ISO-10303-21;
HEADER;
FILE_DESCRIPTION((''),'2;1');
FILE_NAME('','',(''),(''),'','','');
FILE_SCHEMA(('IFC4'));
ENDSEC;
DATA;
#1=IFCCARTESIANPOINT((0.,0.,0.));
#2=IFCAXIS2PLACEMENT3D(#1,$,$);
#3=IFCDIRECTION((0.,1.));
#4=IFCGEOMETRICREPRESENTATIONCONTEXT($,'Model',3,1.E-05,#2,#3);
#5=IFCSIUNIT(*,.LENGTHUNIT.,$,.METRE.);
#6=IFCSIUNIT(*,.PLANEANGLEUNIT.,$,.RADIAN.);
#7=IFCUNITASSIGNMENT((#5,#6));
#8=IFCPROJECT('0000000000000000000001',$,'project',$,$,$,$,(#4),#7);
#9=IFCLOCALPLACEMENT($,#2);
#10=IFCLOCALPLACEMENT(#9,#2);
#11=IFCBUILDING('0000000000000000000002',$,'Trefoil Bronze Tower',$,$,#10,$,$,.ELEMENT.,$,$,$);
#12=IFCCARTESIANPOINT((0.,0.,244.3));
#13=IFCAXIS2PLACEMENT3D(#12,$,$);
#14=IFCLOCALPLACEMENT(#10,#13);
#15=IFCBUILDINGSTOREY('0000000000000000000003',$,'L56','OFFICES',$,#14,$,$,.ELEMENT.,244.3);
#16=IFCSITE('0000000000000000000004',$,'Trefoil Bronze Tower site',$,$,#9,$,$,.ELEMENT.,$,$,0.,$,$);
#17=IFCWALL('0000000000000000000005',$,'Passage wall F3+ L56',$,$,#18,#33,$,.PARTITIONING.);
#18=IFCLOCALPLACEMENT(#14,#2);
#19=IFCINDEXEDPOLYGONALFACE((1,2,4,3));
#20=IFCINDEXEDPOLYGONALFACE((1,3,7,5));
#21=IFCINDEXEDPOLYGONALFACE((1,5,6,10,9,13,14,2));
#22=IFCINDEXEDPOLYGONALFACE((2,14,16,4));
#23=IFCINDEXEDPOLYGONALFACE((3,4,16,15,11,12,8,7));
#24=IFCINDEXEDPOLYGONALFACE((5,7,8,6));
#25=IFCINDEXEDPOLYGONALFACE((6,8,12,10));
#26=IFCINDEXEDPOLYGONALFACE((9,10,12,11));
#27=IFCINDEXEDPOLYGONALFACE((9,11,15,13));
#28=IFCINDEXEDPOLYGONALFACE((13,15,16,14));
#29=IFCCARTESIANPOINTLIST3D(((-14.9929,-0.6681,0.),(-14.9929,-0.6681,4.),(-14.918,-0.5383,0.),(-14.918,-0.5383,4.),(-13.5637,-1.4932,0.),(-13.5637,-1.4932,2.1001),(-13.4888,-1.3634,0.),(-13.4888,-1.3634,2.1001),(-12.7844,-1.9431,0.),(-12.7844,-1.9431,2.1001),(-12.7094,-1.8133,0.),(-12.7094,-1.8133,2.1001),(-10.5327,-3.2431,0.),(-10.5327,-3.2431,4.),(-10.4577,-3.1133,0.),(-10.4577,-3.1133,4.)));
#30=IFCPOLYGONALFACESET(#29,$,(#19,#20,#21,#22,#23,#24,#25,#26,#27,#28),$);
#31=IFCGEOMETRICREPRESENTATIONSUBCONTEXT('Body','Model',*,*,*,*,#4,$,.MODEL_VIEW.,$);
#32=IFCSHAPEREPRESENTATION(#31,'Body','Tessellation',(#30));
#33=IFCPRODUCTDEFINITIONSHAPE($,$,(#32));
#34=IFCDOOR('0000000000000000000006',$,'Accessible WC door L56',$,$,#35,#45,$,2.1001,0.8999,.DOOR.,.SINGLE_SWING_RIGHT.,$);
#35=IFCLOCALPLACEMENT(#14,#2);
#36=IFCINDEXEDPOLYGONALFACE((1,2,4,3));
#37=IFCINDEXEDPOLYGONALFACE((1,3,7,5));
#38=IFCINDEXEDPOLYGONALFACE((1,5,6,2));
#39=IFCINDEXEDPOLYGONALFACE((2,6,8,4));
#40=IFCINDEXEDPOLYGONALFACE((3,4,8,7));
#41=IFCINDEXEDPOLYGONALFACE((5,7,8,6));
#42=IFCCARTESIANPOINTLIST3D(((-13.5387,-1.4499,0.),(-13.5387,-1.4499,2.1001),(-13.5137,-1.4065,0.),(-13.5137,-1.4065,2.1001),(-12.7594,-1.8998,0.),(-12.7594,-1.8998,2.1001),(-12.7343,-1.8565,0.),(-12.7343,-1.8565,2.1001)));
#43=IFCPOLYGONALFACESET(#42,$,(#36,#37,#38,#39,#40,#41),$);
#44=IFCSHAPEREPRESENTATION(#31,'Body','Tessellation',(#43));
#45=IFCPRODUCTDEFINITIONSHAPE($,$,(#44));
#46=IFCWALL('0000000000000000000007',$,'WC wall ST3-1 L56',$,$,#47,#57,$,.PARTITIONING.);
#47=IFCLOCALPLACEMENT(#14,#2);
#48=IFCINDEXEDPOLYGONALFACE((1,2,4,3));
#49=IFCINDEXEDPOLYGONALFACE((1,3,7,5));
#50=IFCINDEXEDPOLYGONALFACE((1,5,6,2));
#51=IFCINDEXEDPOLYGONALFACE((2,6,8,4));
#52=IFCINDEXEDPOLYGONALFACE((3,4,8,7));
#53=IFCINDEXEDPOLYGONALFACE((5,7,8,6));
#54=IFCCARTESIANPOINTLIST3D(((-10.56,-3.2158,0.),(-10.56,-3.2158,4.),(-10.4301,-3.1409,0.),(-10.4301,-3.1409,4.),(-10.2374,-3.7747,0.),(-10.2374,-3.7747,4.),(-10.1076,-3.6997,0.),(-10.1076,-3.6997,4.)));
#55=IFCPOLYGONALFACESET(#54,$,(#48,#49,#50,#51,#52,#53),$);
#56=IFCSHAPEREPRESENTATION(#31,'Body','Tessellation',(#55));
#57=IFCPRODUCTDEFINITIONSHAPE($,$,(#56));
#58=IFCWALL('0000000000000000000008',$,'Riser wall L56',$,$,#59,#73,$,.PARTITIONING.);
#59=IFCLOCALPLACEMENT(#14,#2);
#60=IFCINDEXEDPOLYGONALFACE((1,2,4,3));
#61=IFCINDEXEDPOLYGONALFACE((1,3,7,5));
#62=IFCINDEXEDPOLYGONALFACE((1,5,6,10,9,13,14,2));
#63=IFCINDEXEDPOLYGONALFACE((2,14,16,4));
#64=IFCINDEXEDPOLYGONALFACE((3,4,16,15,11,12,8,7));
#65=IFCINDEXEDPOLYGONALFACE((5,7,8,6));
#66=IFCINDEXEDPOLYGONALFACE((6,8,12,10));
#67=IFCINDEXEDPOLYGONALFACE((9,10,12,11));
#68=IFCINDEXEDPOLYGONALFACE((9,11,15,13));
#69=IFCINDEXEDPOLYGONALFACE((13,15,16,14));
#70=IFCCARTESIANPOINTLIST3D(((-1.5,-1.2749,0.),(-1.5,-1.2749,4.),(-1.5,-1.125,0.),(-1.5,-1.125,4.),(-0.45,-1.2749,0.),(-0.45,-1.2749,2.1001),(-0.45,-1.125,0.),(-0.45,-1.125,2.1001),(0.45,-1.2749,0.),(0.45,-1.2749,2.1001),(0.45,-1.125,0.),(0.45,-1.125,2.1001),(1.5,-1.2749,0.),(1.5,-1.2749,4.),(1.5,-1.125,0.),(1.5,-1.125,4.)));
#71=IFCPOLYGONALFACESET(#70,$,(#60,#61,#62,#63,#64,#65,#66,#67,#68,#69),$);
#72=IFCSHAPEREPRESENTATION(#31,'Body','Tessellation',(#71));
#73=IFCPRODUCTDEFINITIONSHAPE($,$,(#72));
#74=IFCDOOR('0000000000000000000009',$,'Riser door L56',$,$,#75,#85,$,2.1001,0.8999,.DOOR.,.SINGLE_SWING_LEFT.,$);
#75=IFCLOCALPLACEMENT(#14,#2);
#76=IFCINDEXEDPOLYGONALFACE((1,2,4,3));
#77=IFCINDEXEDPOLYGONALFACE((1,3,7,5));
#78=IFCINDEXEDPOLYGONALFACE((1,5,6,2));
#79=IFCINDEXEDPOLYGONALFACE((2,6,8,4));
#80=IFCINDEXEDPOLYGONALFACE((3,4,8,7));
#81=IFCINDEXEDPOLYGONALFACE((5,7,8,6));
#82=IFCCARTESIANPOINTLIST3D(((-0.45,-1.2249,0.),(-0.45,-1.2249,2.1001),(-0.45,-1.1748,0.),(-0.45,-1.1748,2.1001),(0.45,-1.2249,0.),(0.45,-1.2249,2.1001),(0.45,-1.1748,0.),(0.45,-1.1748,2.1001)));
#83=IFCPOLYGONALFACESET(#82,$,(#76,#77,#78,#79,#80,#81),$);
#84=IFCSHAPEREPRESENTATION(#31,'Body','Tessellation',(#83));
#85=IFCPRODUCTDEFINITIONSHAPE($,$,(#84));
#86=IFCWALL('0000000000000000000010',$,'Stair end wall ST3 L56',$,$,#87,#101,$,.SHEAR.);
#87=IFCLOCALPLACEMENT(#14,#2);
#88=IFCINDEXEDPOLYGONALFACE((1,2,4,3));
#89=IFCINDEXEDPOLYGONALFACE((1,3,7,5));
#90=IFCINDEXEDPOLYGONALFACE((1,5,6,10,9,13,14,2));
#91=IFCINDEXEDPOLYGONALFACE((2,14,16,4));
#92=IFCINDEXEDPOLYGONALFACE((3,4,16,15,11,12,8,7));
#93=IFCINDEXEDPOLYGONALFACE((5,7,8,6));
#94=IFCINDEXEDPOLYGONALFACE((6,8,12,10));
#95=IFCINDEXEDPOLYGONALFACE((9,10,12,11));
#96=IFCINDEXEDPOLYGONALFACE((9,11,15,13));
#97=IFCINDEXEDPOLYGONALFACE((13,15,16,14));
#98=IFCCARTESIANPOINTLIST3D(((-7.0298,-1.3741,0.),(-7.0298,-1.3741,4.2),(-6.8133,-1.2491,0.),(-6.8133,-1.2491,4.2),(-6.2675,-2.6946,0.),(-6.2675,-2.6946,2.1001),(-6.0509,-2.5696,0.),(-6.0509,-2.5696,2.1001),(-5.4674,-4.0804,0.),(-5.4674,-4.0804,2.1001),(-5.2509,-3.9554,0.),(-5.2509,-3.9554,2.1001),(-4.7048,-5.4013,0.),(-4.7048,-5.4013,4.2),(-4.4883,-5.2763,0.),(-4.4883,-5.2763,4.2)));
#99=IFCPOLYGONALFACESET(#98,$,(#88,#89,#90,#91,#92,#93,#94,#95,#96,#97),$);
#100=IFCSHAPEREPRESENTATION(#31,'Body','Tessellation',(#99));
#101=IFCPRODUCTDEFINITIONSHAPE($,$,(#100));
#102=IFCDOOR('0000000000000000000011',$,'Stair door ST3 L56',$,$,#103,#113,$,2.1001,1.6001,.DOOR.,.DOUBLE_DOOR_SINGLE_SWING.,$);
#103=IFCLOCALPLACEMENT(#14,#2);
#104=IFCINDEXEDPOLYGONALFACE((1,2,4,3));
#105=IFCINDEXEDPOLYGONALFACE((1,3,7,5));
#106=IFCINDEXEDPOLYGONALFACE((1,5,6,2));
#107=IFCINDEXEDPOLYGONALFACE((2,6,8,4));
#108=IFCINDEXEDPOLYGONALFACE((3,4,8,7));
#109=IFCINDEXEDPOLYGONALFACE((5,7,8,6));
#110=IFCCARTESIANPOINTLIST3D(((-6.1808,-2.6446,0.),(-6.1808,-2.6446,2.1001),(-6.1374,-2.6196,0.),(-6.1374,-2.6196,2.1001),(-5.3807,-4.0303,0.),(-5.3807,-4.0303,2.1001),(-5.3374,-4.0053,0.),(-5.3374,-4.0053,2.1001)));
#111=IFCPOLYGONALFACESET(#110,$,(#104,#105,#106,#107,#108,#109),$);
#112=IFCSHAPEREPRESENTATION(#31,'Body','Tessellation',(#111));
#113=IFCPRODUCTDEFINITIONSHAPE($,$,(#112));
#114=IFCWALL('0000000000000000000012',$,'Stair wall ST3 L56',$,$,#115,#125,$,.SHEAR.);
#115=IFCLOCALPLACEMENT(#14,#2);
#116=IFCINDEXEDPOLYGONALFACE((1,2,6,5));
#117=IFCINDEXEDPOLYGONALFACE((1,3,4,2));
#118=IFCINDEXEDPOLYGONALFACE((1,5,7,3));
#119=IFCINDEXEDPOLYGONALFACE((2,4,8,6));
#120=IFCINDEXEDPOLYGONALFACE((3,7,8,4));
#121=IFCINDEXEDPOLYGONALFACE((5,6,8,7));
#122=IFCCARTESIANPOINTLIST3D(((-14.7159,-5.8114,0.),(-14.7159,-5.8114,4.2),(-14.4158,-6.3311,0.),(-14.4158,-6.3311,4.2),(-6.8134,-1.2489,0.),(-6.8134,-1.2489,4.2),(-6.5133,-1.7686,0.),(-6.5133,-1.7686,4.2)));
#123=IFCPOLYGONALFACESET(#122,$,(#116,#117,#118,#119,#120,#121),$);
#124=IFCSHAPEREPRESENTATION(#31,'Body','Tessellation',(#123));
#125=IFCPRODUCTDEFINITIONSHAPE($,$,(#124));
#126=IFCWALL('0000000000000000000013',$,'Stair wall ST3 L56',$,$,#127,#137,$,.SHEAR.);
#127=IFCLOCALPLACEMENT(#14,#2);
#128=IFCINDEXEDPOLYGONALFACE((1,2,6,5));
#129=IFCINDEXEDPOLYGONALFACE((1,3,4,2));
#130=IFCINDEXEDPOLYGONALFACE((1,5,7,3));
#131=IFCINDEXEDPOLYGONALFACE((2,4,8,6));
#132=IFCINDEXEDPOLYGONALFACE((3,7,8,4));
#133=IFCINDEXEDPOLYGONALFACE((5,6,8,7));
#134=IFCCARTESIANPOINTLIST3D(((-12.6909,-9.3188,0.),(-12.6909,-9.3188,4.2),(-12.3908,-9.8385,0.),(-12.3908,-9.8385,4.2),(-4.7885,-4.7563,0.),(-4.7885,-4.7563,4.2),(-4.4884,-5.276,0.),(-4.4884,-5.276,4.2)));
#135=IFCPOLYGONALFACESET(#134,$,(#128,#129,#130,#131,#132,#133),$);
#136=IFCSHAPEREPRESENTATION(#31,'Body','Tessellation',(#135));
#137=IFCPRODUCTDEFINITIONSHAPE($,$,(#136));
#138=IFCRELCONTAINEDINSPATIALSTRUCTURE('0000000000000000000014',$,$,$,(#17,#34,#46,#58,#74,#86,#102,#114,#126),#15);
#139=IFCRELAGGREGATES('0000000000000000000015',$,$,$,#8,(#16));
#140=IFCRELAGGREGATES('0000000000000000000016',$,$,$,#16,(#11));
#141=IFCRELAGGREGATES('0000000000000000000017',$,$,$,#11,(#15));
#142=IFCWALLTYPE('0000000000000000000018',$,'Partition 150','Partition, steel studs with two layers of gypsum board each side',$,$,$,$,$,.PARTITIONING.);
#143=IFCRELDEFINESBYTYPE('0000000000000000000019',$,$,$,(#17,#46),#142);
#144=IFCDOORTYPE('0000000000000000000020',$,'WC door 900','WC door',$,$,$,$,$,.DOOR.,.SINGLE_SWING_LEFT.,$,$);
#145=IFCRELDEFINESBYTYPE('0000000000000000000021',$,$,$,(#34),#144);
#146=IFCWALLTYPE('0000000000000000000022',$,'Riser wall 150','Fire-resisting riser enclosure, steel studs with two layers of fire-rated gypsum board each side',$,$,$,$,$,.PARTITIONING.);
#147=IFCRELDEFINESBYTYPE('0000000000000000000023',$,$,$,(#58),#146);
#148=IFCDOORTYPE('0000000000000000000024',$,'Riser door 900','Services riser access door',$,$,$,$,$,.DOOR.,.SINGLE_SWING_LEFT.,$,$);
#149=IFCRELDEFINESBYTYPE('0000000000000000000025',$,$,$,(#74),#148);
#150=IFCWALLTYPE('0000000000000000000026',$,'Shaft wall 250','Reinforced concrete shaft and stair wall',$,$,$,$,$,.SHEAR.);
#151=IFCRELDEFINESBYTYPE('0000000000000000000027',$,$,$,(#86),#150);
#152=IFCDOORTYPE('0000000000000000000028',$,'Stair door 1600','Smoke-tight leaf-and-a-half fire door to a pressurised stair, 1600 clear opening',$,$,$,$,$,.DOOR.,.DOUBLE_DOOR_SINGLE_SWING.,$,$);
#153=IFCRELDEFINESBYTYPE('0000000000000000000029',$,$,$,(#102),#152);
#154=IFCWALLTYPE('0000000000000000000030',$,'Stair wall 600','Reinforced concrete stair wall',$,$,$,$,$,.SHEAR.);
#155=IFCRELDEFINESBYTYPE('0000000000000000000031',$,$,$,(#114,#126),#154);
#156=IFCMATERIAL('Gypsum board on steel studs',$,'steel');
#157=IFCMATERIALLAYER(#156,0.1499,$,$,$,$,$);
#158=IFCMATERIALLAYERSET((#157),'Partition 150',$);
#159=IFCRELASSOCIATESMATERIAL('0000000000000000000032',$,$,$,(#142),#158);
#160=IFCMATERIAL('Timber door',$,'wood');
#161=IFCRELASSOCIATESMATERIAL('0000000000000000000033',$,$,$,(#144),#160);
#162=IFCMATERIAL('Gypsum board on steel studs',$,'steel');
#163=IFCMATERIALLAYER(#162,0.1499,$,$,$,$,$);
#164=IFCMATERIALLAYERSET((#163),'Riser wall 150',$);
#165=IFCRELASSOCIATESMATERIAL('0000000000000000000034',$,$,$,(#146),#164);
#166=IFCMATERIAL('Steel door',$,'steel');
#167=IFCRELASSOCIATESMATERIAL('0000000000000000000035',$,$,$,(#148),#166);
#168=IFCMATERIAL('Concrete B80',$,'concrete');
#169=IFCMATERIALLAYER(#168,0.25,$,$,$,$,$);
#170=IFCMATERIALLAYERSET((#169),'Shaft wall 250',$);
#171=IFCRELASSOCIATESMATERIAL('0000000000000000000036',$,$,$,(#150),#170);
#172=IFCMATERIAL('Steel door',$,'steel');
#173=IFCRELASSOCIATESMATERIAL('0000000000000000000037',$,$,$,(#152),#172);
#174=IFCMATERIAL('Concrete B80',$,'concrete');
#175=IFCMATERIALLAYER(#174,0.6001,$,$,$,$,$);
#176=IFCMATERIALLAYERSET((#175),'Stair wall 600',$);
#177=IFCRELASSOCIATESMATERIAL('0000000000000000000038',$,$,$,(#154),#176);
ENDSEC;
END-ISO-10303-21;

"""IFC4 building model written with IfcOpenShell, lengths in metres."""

from ifc_helpers import new_model, si_unit, direction, frame, frame_2d, origin, place, context, subcontext, project, spatial, rectangle, extrude, material, layer, layer_set, type_object, element, fill, save


model = new_model("IFC4")

# Units and contexts
model_context = context("Model", 3, precision=1e-05, world=origin(), true_north=direction((0.0, 1.0)))
body_context = subcontext(model_context, "Body", "Model", "MODEL_VIEW")
ifc_project = project(units=[si_unit("LENGTHUNIT", "METRE"), si_unit("PLANEANGLEUNIT", "RADIAN")], contexts=[model_context])

# Site, building, storey
site_placement = place(None, origin())
site = spatial("IfcSite", under=ifc_project, at=site_placement, Name="Trefoil Bronze Tower site", CompositionType="ELEMENT", RefElevation=0.0)
building_placement = place(site_placement, origin())
building = spatial("IfcBuilding", under=site, at=building_placement, Name="Trefoil Bronze Tower", CompositionType="ELEMENT")
storey_placement = place(building_placement, frame((0.0, 0.0, 244.3)))
storey = spatial("IfcBuildingStorey", under=building, at=storey_placement, Name="L56", Description="OFFICES", CompositionType="ELEMENT", Elevation=244.3)

# Wall, opening, door
ifc_material_1 = material(Name="Gypsum board on steel studs", Category="steel")
ifc_layer_1 = layer(ifc_material_1, 0.1499)
ifc_layer_set_1 = layer_set([ifc_layer_1], Name="Partition 150")
wall_type_1 = type_object("IfcWallType", Name="Partition 150", Description="Partition, steel studs with two layers of gypsum board each side", PredefinedType="PARTITIONING", material=ifc_layer_set_1)
wall_1_placement = place(storey_placement, frame((-10.4951, -3.1782, 0.0), z_axis=(0.0, 0.0, 1.0), x_axis=(-0.866038, 0.499978, 0.0)))
wall_1 = element("IfcWall", 1, at=wall_1_placement, inside=storey, type_object=wall_type_1, Name="Passage wall F3+ L56", PredefinedType="PARTITIONING", context=body_context, shape_type="SweptSolid", body=[
    extrude(rectangle(XDim=5.1501, YDim=0.1499, at=frame_2d((2.5752, 0.0))), origin(), (0.0, 0.0, 1.0), 4.0),
])
opening_1_placement = place(wall_1_placement, frame((2.6001, 0.0, 0.0)))
opening_1 = element("IfcOpeningElement", 2, at=opening_1_placement, cuts=wall_1, PredefinedType="OPENING", context=body_context, shape_type="SweptSolid", body=[
    extrude(rectangle(XDim=0.8999, YDim=2.1001, at=frame_2d((0.45, 1.05))), frame((0.0, 0.085, 0.0), z_axis=(0.0, -1.0, 0.0), x_axis=(1.0, 0.0, 0.0)), (0.0, 0.0, 1.0), 0.1699),
])
ifc_material_2 = material(Name="Timber door", Category="wood")
door_type_1 = type_object("IfcDoorType", Name="WC door 900", Description="WC door", OperationType="SINGLE_SWING_LEFT", PredefinedType="DOOR", material=ifc_material_2)
door_1_placement = place(opening_1_placement, origin())
door_1 = element("IfcDoor", 3, at=door_1_placement, inside=storey, type_object=door_type_1, Name="Accessible WC door L56", OperationType="SINGLE_SWING_RIGHT", OverallHeight=2.1001, OverallWidth=0.8999, PredefinedType="DOOR", context=body_context, shape_type="SweptSolid", body=[
    extrude(rectangle(XDim=0.8999, YDim=2.1001, at=frame_2d((0.45, 1.05))), frame((0.0, 0.0249, 0.0), z_axis=(0.0, -1.0, 0.0), x_axis=(1.0, 0.0, 0.0)), (0.0, 0.0, 1.0), 0.05),
])
fill(opening_1, door_1)

# Wall
wall_2_placement = place(storey_placement, frame((-10.4951, -3.1782, 0.0), z_axis=(0.0, 0.0, 1.0), x_axis=(0.499843, -0.866116, 0.0)))
element("IfcWall", 4, at=wall_2_placement, inside=storey, type_object=wall_type_1, Name="WC wall ST3-1 L56", PredefinedType="PARTITIONING", context=body_context, shape_type="SweptSolid", body=[
    extrude(rectangle(XDim=0.6453, YDim=0.1499, at=frame_2d((0.3228, 0.0))), origin(), (0.0, 0.0, 1.0), 4.0),
])

# Walls, openings, doors
ifc_material_3 = material(Name="Gypsum board on steel studs", Category="steel")
ifc_layer_2 = layer(ifc_material_3, 0.1499)
ifc_layer_set_2 = layer_set([ifc_layer_2], Name="Riser wall 150")
wall_type_2 = type_object("IfcWallType", Name="Riser wall 150", Description="Fire-resisting riser enclosure, steel studs with two layers of fire-rated gypsum board each side", PredefinedType="PARTITIONING", material=ifc_layer_set_2)
wall_3_placement = place(storey_placement, frame((-1.5, -1.2, 0.0), z_axis=(0.0, 0.0, 1.0), x_axis=(1.0, 0.0, 0.0)))
wall_3 = element("IfcWall", 5, at=wall_3_placement, inside=storey, type_object=wall_type_2, Name="Riser wall L56", PredefinedType="PARTITIONING", context=body_context, shape_type="SweptSolid", body=[
    extrude(rectangle(XDim=3.0, YDim=0.1499, at=frame_2d((1.5, 0.0))), origin(), (0.0, 0.0, 1.0), 4.0),
])
opening_2_placement = place(wall_3_placement, frame((1.05, 0.0, 0.0)))
opening_2 = element("IfcOpeningElement", 6, at=opening_2_placement, cuts=wall_3, PredefinedType="OPENING", context=body_context, shape_type="SweptSolid", body=[
    extrude(rectangle(XDim=0.8999, YDim=2.1001, at=frame_2d((0.45, 1.05))), frame((0.0, 0.085, 0.0), z_axis=(0.0, -1.0, 0.0), x_axis=(1.0, 0.0, 0.0)), (0.0, 0.0, 1.0), 0.1699),
])
ifc_material_4 = material(Name="Steel door", Category="steel")
door_type_2 = type_object("IfcDoorType", Name="Riser door 900", Description="Services riser access door", OperationType="SINGLE_SWING_LEFT", PredefinedType="DOOR", material=ifc_material_4)
door_2_placement = place(opening_2_placement, frame((0.8999, 0.0, 0.0), z_axis=(0.0, 0.0, 1.0), x_axis=(-1.0, 0.0, 0.0)))
door_2 = element("IfcDoor", 7, at=door_2_placement, inside=storey, type_object=door_type_2, Name="Riser door L56", OperationType="SINGLE_SWING_LEFT", OverallHeight=2.1001, OverallWidth=0.8999, PredefinedType="DOOR", context=body_context, shape_type="SweptSolid", body=[
    extrude(rectangle(XDim=0.8999, YDim=2.1001, at=frame_2d((0.45, 1.05))), frame((0.0, 0.0249, 0.0), z_axis=(0.0, -1.0, 0.0), x_axis=(1.0, 0.0, 0.0)), (0.0, 0.0, 1.0), 0.05),
])
fill(opening_2, door_2)
ifc_material_5 = material(Name="Concrete B80", Category="concrete")
ifc_layer_3 = layer(ifc_material_5, 0.25)
ifc_layer_set_3 = layer_set([ifc_layer_3], Name="Shaft wall 250")
wall_type_3 = type_object("IfcWallType", Name="Shaft wall 250", Description="Reinforced concrete shaft and stair wall", PredefinedType="SHEAR", material=ifc_layer_set_3)
wall_4_placement = place(storey_placement, frame((-6.9216, -1.3115, 0.0), z_axis=(0.0, 0.0, 1.0), x_axis=(0.499985, -0.866034, 0.0)))
wall_4 = element("IfcWall", 8, at=wall_4_placement, inside=storey, type_object=wall_type_3, Name="Stair end wall ST3 L56", PredefinedType="SHEAR", context=body_context, shape_type="SweptSolid", body=[
    extrude(rectangle(XDim=4.6501, YDim=0.25, at=frame_2d((2.3252, 0.0))), origin(), (0.0, 0.0, 1.0), 4.2),
])
opening_3_placement = place(wall_4_placement, frame((1.5249, 0.0, 0.0)))
opening_3 = element("IfcOpeningElement", 9, at=opening_3_placement, cuts=wall_4, PredefinedType="OPENING", context=body_context, shape_type="SweptSolid", body=[
    extrude(rectangle(XDim=1.6001, YDim=2.1001, at=frame_2d((0.8, 1.05))), frame((0.0, 0.135, 0.0), z_axis=(0.0, -1.0, 0.0), x_axis=(1.0, 0.0, 0.0)), (0.0, 0.0, 1.0), 0.27),
])
ifc_material_6 = material(Name="Steel door", Category="steel")
door_type_3 = type_object("IfcDoorType", Name="Stair door 1600", Description="Smoke-tight leaf-and-a-half fire door to a pressurised stair, 1600 clear opening", OperationType="DOUBLE_DOOR_SINGLE_SWING", PredefinedType="DOOR", material=ifc_material_6)
door_3_placement = place(opening_3_placement, frame((1.6001, 0.0, 0.0), z_axis=(0.0, 0.0, 1.0), x_axis=(-1.0, 0.0, 0.0)))
door_3 = element("IfcDoor", 10, at=door_3_placement, inside=storey, type_object=door_type_3, Name="Stair door ST3 L56", OperationType="DOUBLE_DOOR_SINGLE_SWING", OverallHeight=2.1001, OverallWidth=1.6001, PredefinedType="DOOR", context=body_context, shape_type="SweptSolid", body=[
    extrude(rectangle(XDim=1.6001, YDim=2.1001, at=frame_2d((0.8, 1.05))), frame((0.0, 0.0249, 0.0), z_axis=(0.0, -1.0, 0.0), x_axis=(1.0, 0.0, 0.0)), (0.0, 0.0, 1.0), 0.05),
])
fill(opening_3, door_3)

# Walls
ifc_material_7 = material(Name="Concrete B80", Category="concrete")
ifc_layer_4 = layer(ifc_material_7, 0.6001)
ifc_layer_set_4 = layer_set([ifc_layer_4], Name="Stair wall 600")
wall_type_4 = type_object("IfcWallType", Name="Stair wall 600", Description="Reinforced concrete stair wall", PredefinedType="SHEAR", material=ifc_layer_set_4)
for number, where, z_axis, x_axis, name in (
    (11, (-6.6633, -1.5088, 0.0), (0.0, 0.0, 1.0), (-0.866028, -0.499995, 0.0), "Stair wall ST3 L56"),
    (12, (-4.6384, -5.0161, 0.0), (0.0, 0.0, 1.0), (-0.866022, -0.500007, 0.0), "Stair wall ST3 L56"),
):
    element("IfcWall", number, at=place(storey_placement, frame(where, z_axis=z_axis, x_axis=x_axis)), inside=storey, type_object=wall_type_4, Name=name, PredefinedType="SHEAR", context=body_context, shape_type="SweptSolid", body=[
        extrude(rectangle(XDim=9.125, YDim=0.6001, at=frame_2d((4.5625, 0.0))), origin(), (0.0, 0.0, 1.0), 4.2),
    ])

save(model, "model.ifc")
